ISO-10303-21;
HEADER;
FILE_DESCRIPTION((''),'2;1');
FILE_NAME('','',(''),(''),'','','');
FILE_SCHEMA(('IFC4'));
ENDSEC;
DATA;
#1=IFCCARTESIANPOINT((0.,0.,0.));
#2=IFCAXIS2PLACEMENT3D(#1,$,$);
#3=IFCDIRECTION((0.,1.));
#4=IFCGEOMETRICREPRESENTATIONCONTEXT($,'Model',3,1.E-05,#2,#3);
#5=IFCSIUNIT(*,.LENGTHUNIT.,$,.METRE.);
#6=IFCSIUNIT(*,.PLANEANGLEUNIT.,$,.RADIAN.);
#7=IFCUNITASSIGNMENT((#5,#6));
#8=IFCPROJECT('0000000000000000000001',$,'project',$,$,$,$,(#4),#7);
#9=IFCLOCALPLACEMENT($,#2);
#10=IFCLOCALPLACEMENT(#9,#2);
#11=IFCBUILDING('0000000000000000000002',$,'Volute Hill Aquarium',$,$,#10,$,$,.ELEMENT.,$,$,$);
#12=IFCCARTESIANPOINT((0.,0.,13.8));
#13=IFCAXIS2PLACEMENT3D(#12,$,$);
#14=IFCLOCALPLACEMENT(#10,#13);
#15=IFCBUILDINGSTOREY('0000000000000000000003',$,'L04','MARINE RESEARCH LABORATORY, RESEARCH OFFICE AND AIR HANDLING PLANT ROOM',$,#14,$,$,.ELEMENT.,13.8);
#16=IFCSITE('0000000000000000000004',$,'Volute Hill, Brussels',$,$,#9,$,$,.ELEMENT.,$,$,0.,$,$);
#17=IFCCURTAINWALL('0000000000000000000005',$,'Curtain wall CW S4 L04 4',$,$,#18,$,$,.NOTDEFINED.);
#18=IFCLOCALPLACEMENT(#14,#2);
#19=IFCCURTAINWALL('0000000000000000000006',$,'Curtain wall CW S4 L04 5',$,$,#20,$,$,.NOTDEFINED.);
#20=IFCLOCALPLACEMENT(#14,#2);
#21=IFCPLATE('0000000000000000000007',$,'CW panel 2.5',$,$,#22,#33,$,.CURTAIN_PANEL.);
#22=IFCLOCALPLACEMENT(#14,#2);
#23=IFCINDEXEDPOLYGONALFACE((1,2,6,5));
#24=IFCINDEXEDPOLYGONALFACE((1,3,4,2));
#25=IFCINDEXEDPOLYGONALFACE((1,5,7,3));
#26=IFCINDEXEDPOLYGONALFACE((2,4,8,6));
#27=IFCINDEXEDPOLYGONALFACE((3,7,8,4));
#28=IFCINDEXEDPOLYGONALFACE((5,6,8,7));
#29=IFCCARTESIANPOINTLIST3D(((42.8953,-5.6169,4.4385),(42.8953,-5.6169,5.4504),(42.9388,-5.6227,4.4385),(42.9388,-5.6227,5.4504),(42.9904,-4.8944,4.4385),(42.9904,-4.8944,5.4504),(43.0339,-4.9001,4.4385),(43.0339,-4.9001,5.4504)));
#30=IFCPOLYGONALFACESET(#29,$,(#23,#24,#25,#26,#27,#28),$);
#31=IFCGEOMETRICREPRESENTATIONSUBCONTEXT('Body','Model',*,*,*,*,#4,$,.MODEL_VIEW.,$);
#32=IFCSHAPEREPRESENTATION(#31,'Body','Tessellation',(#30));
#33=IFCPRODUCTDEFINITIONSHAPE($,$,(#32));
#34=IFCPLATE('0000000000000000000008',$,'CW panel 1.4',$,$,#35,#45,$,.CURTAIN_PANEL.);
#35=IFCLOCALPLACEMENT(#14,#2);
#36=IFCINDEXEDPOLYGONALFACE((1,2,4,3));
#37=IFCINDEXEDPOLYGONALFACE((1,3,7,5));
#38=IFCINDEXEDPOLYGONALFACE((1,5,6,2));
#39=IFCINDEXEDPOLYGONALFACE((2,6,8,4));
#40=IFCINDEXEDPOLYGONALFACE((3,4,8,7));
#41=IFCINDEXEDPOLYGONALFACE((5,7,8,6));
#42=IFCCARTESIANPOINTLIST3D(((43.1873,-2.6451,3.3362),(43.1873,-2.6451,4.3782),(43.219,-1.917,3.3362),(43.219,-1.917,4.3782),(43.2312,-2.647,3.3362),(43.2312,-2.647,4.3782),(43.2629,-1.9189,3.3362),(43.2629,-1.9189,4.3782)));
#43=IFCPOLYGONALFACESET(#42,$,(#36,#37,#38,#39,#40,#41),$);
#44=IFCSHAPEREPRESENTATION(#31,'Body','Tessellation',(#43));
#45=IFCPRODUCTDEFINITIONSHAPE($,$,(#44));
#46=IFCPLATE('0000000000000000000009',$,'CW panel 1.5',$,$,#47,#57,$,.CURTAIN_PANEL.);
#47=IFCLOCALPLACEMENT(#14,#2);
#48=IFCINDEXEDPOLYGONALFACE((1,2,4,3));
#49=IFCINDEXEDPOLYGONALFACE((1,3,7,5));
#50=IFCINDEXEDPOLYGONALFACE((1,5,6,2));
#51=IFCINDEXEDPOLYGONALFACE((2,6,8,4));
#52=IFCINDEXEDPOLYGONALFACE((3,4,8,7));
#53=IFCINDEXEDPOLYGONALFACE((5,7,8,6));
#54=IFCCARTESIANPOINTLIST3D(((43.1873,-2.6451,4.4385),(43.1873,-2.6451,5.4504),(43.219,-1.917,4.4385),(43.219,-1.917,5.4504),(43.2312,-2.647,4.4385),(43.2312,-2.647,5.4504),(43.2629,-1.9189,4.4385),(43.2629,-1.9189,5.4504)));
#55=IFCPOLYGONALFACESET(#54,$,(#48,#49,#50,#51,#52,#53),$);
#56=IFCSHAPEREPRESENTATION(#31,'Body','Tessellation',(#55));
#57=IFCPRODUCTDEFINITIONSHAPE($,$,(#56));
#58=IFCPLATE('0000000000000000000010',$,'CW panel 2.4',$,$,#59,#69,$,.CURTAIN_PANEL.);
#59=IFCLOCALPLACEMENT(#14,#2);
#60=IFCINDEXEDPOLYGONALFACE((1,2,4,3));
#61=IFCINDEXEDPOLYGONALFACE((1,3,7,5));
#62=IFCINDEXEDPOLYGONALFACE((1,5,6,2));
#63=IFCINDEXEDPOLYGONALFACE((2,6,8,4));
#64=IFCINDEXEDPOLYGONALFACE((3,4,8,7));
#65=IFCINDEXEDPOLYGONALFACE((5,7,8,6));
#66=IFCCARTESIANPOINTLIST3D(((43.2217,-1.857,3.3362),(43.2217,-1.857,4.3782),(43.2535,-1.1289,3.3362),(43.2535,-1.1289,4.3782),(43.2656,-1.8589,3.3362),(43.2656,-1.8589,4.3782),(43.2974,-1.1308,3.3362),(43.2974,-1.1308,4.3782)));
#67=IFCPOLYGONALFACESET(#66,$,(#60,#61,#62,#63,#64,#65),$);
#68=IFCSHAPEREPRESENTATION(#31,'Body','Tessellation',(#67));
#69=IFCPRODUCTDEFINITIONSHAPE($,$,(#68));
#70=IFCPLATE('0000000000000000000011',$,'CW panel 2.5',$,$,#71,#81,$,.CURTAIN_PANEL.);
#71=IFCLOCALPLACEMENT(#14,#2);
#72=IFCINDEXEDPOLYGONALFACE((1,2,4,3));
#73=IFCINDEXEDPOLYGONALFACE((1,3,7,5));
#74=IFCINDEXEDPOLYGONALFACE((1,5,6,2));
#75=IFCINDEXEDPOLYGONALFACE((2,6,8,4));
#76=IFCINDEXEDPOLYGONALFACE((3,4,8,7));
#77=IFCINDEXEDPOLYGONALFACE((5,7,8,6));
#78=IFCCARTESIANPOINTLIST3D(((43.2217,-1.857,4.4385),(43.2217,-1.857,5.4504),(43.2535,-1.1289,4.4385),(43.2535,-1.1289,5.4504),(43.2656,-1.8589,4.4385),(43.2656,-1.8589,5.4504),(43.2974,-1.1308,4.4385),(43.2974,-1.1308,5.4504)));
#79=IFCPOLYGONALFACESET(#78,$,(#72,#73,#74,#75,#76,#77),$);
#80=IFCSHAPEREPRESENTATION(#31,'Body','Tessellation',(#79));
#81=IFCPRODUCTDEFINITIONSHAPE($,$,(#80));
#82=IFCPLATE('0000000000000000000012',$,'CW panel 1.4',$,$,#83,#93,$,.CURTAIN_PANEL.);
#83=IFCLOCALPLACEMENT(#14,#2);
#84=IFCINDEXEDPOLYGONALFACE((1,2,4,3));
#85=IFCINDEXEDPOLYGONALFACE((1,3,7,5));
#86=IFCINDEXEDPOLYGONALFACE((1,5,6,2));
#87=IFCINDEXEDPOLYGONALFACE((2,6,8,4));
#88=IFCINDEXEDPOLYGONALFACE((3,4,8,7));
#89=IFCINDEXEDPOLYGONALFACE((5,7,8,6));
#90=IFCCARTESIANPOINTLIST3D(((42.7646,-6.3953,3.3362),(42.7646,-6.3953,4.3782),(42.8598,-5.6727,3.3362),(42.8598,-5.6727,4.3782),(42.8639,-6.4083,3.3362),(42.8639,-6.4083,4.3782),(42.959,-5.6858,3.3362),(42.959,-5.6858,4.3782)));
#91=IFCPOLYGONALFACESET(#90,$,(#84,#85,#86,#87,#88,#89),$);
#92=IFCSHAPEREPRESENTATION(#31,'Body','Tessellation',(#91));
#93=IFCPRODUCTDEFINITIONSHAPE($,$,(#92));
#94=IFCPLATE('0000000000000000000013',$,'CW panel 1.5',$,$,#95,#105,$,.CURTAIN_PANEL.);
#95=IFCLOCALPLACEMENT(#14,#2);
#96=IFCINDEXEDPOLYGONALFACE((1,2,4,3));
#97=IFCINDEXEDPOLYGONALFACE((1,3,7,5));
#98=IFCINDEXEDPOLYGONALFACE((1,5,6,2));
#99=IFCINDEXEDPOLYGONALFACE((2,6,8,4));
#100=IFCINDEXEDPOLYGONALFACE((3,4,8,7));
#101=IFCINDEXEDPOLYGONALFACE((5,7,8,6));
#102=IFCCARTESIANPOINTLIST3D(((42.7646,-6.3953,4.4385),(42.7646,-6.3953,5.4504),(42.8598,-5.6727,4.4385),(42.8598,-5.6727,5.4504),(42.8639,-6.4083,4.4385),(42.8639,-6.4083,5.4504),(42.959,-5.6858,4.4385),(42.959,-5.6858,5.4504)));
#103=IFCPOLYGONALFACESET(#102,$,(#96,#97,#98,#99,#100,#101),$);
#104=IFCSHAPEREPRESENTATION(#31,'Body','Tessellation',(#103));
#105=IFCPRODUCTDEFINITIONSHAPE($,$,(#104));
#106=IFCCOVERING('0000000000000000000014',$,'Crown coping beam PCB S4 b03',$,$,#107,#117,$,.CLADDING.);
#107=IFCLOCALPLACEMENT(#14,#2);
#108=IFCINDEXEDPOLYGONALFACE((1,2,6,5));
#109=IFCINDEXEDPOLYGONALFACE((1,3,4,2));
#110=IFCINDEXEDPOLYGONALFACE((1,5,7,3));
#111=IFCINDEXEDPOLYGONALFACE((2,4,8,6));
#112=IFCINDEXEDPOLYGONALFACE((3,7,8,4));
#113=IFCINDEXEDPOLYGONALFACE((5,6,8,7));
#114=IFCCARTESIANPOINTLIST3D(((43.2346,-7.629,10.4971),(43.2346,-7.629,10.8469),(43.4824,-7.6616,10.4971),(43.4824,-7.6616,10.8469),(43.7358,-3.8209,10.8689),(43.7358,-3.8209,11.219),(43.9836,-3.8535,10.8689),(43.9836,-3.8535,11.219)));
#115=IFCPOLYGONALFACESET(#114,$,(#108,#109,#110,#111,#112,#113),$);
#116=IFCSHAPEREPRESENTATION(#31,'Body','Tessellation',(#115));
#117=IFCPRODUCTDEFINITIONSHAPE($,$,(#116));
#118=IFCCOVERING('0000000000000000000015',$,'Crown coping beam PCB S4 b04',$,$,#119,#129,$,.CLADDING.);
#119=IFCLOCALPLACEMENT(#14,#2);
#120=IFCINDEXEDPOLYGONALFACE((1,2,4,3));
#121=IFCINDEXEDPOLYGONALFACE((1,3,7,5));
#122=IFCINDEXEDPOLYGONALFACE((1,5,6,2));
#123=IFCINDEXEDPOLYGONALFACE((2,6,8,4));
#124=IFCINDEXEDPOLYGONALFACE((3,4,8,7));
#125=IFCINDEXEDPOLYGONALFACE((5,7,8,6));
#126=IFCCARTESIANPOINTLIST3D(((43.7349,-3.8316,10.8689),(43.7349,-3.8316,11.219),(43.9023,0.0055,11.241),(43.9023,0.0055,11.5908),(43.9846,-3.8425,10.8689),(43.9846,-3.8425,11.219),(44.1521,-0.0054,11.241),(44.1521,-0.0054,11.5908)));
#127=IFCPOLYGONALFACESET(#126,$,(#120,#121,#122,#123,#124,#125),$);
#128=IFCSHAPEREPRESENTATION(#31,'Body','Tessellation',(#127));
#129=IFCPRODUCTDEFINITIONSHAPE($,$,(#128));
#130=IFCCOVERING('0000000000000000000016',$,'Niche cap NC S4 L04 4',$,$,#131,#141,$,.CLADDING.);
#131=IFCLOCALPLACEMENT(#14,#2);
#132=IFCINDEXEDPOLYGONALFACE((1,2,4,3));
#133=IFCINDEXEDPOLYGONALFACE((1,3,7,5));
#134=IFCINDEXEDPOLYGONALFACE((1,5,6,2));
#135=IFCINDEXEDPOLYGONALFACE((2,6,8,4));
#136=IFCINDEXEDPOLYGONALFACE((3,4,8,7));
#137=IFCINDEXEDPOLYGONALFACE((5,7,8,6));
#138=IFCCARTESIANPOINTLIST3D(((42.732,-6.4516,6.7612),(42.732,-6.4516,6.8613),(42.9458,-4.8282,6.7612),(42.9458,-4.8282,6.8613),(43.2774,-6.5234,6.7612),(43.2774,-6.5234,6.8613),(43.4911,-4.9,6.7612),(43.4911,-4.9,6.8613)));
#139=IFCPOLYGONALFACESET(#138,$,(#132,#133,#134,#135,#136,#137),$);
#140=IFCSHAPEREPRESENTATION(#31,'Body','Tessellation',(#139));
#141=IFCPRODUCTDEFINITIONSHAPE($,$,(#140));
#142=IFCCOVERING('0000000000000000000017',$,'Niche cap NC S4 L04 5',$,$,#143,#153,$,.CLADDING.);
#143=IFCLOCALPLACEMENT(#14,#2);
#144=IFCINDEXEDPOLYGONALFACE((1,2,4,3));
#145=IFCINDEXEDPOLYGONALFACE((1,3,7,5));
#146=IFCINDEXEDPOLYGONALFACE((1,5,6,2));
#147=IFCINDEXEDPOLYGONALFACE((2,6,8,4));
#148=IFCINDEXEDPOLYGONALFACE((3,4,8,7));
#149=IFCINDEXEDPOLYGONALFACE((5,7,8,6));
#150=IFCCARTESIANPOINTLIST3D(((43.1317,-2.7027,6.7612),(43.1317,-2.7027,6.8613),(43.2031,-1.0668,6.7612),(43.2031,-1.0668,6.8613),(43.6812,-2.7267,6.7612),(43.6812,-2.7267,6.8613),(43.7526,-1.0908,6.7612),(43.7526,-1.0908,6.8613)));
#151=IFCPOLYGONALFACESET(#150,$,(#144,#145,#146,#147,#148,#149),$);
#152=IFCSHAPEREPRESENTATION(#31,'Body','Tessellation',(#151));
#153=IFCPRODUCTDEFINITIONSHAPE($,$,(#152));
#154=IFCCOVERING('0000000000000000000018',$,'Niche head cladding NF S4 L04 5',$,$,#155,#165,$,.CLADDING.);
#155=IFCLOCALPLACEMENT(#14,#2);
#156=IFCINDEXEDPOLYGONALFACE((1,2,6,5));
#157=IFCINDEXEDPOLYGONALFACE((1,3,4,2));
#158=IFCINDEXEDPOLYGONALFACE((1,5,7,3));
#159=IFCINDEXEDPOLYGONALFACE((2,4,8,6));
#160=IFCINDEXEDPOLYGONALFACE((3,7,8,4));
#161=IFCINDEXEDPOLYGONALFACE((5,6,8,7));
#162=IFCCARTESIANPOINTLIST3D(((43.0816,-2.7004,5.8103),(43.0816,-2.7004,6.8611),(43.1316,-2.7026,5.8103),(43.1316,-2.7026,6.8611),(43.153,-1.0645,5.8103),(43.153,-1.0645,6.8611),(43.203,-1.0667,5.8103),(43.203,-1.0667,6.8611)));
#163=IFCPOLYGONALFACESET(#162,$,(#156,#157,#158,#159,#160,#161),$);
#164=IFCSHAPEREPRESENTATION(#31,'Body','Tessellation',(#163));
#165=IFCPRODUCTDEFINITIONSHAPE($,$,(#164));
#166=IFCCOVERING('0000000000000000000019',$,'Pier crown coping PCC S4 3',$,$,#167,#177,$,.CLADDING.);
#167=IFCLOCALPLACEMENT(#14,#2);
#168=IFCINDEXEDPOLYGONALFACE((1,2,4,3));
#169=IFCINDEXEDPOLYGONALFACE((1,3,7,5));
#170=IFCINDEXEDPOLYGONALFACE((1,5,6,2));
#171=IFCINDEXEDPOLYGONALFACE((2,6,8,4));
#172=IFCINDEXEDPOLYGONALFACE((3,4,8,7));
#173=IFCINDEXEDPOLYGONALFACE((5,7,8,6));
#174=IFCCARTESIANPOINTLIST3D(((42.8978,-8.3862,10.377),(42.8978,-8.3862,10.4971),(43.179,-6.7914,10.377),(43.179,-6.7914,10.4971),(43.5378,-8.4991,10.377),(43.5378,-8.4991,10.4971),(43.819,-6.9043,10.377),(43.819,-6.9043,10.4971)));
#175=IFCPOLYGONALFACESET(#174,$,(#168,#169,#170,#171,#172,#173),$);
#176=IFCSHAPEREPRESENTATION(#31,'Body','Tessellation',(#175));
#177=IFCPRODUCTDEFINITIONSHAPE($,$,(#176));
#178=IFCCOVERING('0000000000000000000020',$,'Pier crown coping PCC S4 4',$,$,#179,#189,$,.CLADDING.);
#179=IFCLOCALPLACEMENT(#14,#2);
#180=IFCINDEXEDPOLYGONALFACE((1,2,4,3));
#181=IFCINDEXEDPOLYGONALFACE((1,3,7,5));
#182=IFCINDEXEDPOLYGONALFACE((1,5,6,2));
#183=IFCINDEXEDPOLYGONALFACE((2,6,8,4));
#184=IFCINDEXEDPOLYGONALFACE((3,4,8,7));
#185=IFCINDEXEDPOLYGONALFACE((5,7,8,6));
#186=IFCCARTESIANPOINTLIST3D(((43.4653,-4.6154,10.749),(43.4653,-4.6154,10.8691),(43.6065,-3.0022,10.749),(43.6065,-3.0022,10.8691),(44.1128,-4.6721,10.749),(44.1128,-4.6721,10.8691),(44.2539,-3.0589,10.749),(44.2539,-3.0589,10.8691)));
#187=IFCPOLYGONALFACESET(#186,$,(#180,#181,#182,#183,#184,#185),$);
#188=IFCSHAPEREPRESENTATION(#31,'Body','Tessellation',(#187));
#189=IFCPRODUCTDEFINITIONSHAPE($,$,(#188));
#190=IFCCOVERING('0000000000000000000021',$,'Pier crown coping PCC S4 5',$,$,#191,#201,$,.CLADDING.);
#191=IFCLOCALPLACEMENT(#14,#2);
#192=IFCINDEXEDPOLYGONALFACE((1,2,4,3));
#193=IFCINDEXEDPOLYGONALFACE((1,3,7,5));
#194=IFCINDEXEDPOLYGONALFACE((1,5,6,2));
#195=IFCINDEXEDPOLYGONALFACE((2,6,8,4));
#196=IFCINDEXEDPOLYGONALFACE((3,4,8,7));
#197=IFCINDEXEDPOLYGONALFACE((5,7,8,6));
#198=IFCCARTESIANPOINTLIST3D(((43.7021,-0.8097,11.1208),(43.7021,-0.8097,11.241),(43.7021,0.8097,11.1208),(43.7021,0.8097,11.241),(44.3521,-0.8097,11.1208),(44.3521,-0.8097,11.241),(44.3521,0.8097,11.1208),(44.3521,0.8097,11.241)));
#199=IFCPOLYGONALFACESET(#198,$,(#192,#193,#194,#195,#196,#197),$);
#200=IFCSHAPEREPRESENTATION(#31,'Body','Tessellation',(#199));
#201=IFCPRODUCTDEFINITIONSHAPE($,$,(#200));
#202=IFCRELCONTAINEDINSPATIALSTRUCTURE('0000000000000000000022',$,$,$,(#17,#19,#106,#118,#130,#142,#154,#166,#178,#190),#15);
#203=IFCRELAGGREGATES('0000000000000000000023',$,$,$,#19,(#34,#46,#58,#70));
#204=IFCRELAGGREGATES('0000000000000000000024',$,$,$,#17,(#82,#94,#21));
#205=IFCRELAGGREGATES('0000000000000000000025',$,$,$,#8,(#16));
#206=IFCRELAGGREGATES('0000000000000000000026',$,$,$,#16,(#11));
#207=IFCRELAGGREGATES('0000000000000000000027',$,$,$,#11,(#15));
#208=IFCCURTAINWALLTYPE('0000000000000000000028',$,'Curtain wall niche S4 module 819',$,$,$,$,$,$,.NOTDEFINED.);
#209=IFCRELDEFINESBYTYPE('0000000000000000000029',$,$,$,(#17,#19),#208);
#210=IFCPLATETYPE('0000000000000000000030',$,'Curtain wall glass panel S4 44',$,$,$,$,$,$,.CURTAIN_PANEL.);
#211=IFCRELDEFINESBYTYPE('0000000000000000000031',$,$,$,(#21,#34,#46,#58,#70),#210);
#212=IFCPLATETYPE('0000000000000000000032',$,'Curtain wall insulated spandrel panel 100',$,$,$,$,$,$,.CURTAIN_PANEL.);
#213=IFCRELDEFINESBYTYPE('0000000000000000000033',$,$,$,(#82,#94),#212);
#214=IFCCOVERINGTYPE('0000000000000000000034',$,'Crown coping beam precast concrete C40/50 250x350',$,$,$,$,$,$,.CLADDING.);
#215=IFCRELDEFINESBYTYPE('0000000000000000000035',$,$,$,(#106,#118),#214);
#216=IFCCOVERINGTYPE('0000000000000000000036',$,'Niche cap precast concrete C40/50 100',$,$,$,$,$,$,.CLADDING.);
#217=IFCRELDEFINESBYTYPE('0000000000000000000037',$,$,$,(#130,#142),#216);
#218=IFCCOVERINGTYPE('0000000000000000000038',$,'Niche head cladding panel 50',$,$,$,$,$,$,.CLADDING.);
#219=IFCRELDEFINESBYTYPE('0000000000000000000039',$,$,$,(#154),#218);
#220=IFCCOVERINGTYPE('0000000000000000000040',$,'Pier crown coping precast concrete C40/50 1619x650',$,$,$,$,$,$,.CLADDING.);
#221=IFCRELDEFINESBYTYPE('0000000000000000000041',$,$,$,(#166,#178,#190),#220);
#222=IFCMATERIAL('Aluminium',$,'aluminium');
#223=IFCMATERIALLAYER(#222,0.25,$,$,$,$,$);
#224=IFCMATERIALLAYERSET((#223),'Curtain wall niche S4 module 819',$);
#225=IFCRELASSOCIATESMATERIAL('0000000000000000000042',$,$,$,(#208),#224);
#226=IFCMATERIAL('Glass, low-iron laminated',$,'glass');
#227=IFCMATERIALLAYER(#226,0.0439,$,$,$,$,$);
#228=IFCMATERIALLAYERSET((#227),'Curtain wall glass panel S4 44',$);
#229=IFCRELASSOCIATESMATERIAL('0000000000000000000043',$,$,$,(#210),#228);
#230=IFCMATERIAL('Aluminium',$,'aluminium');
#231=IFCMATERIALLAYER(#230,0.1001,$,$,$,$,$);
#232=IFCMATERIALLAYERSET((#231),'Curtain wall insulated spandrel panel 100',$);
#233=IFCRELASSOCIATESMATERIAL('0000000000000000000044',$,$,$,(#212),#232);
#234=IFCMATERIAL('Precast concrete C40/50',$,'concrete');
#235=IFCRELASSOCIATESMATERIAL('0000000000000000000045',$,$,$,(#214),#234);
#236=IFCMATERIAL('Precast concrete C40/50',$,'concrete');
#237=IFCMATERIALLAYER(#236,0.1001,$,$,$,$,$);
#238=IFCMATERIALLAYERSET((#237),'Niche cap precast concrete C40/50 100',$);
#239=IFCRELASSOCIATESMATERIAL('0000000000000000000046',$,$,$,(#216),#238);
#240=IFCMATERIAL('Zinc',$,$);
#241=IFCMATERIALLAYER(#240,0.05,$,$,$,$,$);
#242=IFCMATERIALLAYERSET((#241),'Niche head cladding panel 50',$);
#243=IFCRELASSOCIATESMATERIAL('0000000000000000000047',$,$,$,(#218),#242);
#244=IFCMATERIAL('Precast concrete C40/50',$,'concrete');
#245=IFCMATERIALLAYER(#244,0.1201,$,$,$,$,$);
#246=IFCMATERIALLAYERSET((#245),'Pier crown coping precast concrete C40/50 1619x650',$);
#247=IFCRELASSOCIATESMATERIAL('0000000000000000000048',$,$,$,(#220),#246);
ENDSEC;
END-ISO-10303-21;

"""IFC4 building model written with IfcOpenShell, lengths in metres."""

from ifc_helpers import new_model, si_unit, direction, frame, origin, origin_2d, place, context, subcontext, project, spatial, polyline, rectangle, outline, extrude, material, layer, layer_set, type_object, element, aggregate, save


model = new_model("IFC4")

# Units and contexts
model_context = context("Model", 3, precision=1e-05, world=origin(), true_north=direction((0.0, 1.0)))
body_context = subcontext(model_context, "Body", "Model", "MODEL_VIEW")
ifc_project = project(units=[si_unit("LENGTHUNIT", "METRE"), si_unit("PLANEANGLEUNIT", "RADIAN")], contexts=[model_context])

# Site, building, storey
site_placement = place(None, origin())
site = spatial("IfcSite", under=ifc_project, at=site_placement, Name="Volute Hill, Brussels", CompositionType="ELEMENT", RefElevation=0.0)
building_placement = place(site_placement, origin())
building = spatial("IfcBuilding", under=site, at=building_placement, Name="Volute Hill Aquarium", CompositionType="ELEMENT")
storey_placement = place(building_placement, frame((0.0, 0.0, 13.8)))
storey = spatial("IfcBuildingStorey", under=building, at=storey_placement, Name="L04", Description="MARINE RESEARCH LABORATORY, RESEARCH OFFICE AND AIR HANDLING PLANT ROOM", CompositionType="ELEMENT", Elevation=13.8)

# Curtain walls
ifc_material_1 = material(Name="Aluminium", Category="aluminium")
ifc_layer_1 = layer(ifc_material_1, 0.25)
ifc_layer_set_1 = layer_set([ifc_layer_1], Name="Curtain wall niche S4 module 819")
curtain_wall_type = type_object("IfcCurtainWallType", Name="Curtain wall niche S4 module 819", PredefinedType="NOTDEFINED", material=ifc_layer_set_1)
curtain_wall_1_placement = place(storey_placement, origin())
curtain_wall_1 = element("IfcCurtainWall", 1, at=curtain_wall_1_placement, inside=storey, type_object=curtain_wall_type, Name="Curtain wall CW S4 L04 4", PredefinedType="NOTDEFINED")
curtain_wall_2_placement = place(storey_placement, origin())
curtain_wall_2 = element("IfcCurtainWall", 2, at=curtain_wall_2_placement, inside=storey, type_object=curtain_wall_type, Name="Curtain wall CW S4 L04 5", PredefinedType="NOTDEFINED")

# Plates
ifc_material_2 = material(Name="Glass, low-iron laminated", Category="glass")
ifc_layer_2 = layer(ifc_material_2, 0.0439)
ifc_layer_set_2 = layer_set([ifc_layer_2], Name="Curtain wall glass panel S4 44")
plate_type_1 = type_object("IfcPlateType", Name="Curtain wall glass panel S4 44", PredefinedType="CURTAIN_PANEL", material=ifc_layer_set_2)
plate_1_placement = place(storey_placement, frame((42.9646, -5.2585, 4.4385), z_axis=(0.0, 0.0, 1.0), x_axis=(0.130516, 0.991446, 0.0)))
plate_1 = element("IfcPlate", 3, at=plate_1_placement, type_object=plate_type_1, Name="CW panel 2.5", PredefinedType="CURTAIN_PANEL", context=body_context, shape_type="SweptSolid", body=[
    extrude(rectangle(XDim=0.7288, YDim=0.0439, at=origin_2d()), origin(), (0.0, 0.0, 1.0), 1.012),
])
plate_2_placement = place(storey_placement, frame((43.2251, -2.282, 3.3362), z_axis=(0.0, 0.0, 1.0), x_axis=(0.043617, 0.999048, 0.0)))
plate_2 = element("IfcPlate", 4, at=plate_2_placement, type_object=plate_type_1, Name="CW panel 1.4", PredefinedType="CURTAIN_PANEL", context=body_context, shape_type="SweptSolid", body=[
    extrude(rectangle(XDim=0.7288, YDim=0.0439, at=origin_2d()), origin(), (0.0, 0.0, 1.0), 1.042),
])
plate_3_placement = place(storey_placement, frame((43.2251, -2.282, 4.4385), z_axis=(0.0, 0.0, 1.0), x_axis=(0.043617, 0.999048, 0.0)))
plate_3 = element("IfcPlate", 5, at=plate_3_placement, type_object=plate_type_1, Name="CW panel 1.5", PredefinedType="CURTAIN_PANEL", context=body_context, shape_type="SweptSolid", body=[
    extrude(rectangle(XDim=0.7288, YDim=0.0439, at=origin_2d()), origin(), (0.0, 0.0, 1.0), 1.012),
])
plate_4_placement = place(storey_placement, frame((43.2595, -1.4939, 3.3362), z_axis=(0.0, 0.0, 1.0), x_axis=(0.043617, 0.999048, 0.0)))
plate_4 = element("IfcPlate", 6, at=plate_4_placement, type_object=plate_type_1, Name="CW panel 2.4", PredefinedType="CURTAIN_PANEL", context=body_context, shape_type="SweptSolid", body=[
    extrude(rectangle(XDim=0.7288, YDim=0.0439, at=origin_2d()), origin(), (0.0, 0.0, 1.0), 1.042),
])
plate_5_placement = place(storey_placement, frame((43.2595, -1.4939, 4.4385), z_axis=(0.0, 0.0, 1.0), x_axis=(0.043617, 0.999048, 0.0)))
plate_5 = element("IfcPlate", 7, at=plate_5_placement, type_object=plate_type_1, Name="CW panel 2.5", PredefinedType="CURTAIN_PANEL", context=body_context, shape_type="SweptSolid", body=[
    extrude(rectangle(XDim=0.7288, YDim=0.0439, at=origin_2d()), origin(), (0.0, 0.0, 1.0), 1.012),
])
aggregate(curtain_wall_2, [plate_2, plate_3, plate_4, plate_5])
ifc_material_3 = material(Name="Aluminium", Category="aluminium")
ifc_layer_3 = layer(ifc_material_3, 0.1001)
ifc_layer_set_3 = layer_set([ifc_layer_3], Name="Curtain wall insulated spandrel panel 100")
plate_type_2 = type_object("IfcPlateType", Name="Curtain wall insulated spandrel panel 100", PredefinedType="CURTAIN_PANEL", material=ifc_layer_set_3)
plate_6_placement = place(storey_placement, frame((42.8618, -6.0405, 3.3362), z_axis=(0.0, 0.0, 1.0), x_axis=(0.130516, 0.991446, 0.0)))
plate_6 = element("IfcPlate", 8, at=plate_6_placement, type_object=plate_type_2, Name="CW panel 1.4", PredefinedType="CURTAIN_PANEL", context=body_context, shape_type="SweptSolid", body=[
    extrude(rectangle(XDim=0.7288, YDim=0.1001, at=origin_2d()), origin(), (0.0, 0.0, 1.0), 1.042),
])
plate_7_placement = place(storey_placement, frame((42.8618, -6.0405, 4.4385), z_axis=(0.0, 0.0, 1.0), x_axis=(0.130516, 0.991446, 0.0)))
plate_7 = element("IfcPlate", 9, at=plate_7_placement, type_object=plate_type_2, Name="CW panel 1.5", PredefinedType="CURTAIN_PANEL", context=body_context, shape_type="SweptSolid", body=[
    extrude(rectangle(XDim=0.7288, YDim=0.1001, at=origin_2d()), origin(), (0.0, 0.0, 1.0), 1.012),
])
aggregate(curtain_wall_1, [plate_6, plate_7, plate_1])

# Coverings
ifc_material_4 = material(Name="Precast concrete C40/50", Category="concrete")
covering_type_1 = type_object("IfcCoveringType", Name="Crown coping beam precast concrete C40/50 250x350", PredefinedType="CLADDING", material=ifc_material_4)
covering_1_placement = place(storey_placement, frame((43.4824, -7.6616, 10.4971), z_axis=(0.991449, -0.130494, 0.0), x_axis=(0.129887, 0.986836, 0.096355)))
element("IfcCovering", 10, at=covering_1_placement, inside=storey, type_object=covering_type_1, Name="Crown coping beam PCB S4 b03", PredefinedType="CLADDING", context=body_context, shape_type="SweptSolid", body=[
    extrude(outline(polyline([(0.0, 0.0), (3.8589, 0.0), (3.8926, 0.3485), (0.0337, 0.3482), (0.0, 0.0)])), origin(), (0.0, 0.0, -1.0), 0.25),
])
covering_2_placement = place(storey_placement, frame((43.9846, -3.8425, 10.8689), z_axis=(0.999049, -0.043605, 0.0), x_axis=(0.043402, 0.994394, 0.096421)))
element("IfcCovering", 11, at=covering_2_placement, inside=storey, type_object=covering_type_1, Name="Crown coping beam PCB S4 b04", PredefinedType="CLADDING", context=body_context, shape_type="SweptSolid", body=[
    extrude(outline(polyline([(0.0, 0.0), (3.8588, 0.0), (3.8925, 0.3482), (0.0338, 0.3485), (0.0, 0.0)])), origin(), (0.0, 0.0, -1.0), 0.25),
])
ifc_material_5 = material(Name="Precast concrete C40/50", Category="concrete")
ifc_layer_4 = layer(ifc_material_5, 0.1001)
ifc_layer_set_4 = layer_set([ifc_layer_4], Name="Niche cap precast concrete C40/50 100")
covering_type_2 = type_object("IfcCoveringType", Name="Niche cap precast concrete C40/50 100", PredefinedType="CLADDING", material=ifc_layer_set_4)
for number, where, z_axis, x_axis, name in (
    (12, (43.1116, -5.6758, 6.7612), (0.0, 0.0, 1.0), (0.130516, 0.991446, 0.0), "Niche cap NC S4 L04 4"),
    (13, (43.4421, -1.8967, 6.7612), (0.0, 0.0, 1.0), (0.04362, 0.999048, 0.0), "Niche cap NC S4 L04 5"),
):
    element("IfcCovering", number, at=place(storey_placement, frame(where, z_axis=z_axis, x_axis=x_axis)), inside=storey, type_object=covering_type_2, Name=name, PredefinedType="CLADDING", context=body_context, shape_type="SweptSolid", body=[
        extrude(rectangle(XDim=1.6375, YDim=0.55, at=origin_2d()), origin(), (0.0, 0.0, 1.0), 0.1001),
    ])
ifc_material_6 = material(Name="Zinc")
ifc_layer_5 = layer(ifc_material_6, 0.05)
ifc_layer_set_5 = layer_set([ifc_layer_5], Name="Niche head cladding panel 50")
covering_type_3 = type_object("IfcCoveringType", Name="Niche head cladding panel 50", PredefinedType="CLADDING", material=ifc_layer_set_5)
covering_3_placement = place(storey_placement, frame((43.1423, -1.8835, 5.8103), z_axis=(0.0, 0.0, 1.0), x_axis=(0.04362, 0.999048, 0.0)))
element("IfcCovering", 14, at=covering_3_placement, inside=storey, type_object=covering_type_3, Name="Niche head cladding NF S4 L04 5", PredefinedType="CLADDING", context=body_context, shape_type="SweptSolid", body=[
    extrude(rectangle(XDim=1.6375, YDim=0.05, at=origin_2d()), origin(), (0.0, 0.0, 1.0), 1.0508),
])
ifc_material_7 = material(Name="Precast concrete C40/50", Category="concrete")
ifc_layer_6 = layer(ifc_material_7, 0.1201)
ifc_layer_set_6 = layer_set([ifc_layer_6], Name="Pier crown coping precast concrete C40/50 1619x650")
covering_type_4 = type_object("IfcCoveringType", Name="Pier crown coping precast concrete C40/50 1619x650", PredefinedType="CLADDING", material=ifc_layer_set_6)
for number, where, z_axis, x_axis, name in (
    (15, (43.3584, -7.6453, 10.377), (0.0, 0.0, 1.0), (0.173648, 0.984808, 0.0), "Pier crown coping PCC S4 3"),
    (16, (43.8596, -3.8372, 10.749), (0.0, 0.0, 1.0), (0.087156, 0.996195, 0.0), "Pier crown coping PCC S4 4"),
    (17, (44.0271, 0.0, 11.1208), (0.0, 0.0, 1.0), (0.0, 1.0, 0.0), "Pier crown coping PCC S4 5"),
):
    element("IfcCovering", number, at=place(storey_placement, frame(where, z_axis=z_axis, x_axis=x_axis)), inside=storey, type_object=covering_type_4, Name=name, PredefinedType="CLADDING", context=body_context, shape_type="SweptSolid", body=[
        extrude(rectangle(XDim=1.6194, YDim=0.6499, at=origin_2d()), origin(), (0.0, 0.0, 1.0), 0.1201),
    ])

save(model, "model.ifc")
